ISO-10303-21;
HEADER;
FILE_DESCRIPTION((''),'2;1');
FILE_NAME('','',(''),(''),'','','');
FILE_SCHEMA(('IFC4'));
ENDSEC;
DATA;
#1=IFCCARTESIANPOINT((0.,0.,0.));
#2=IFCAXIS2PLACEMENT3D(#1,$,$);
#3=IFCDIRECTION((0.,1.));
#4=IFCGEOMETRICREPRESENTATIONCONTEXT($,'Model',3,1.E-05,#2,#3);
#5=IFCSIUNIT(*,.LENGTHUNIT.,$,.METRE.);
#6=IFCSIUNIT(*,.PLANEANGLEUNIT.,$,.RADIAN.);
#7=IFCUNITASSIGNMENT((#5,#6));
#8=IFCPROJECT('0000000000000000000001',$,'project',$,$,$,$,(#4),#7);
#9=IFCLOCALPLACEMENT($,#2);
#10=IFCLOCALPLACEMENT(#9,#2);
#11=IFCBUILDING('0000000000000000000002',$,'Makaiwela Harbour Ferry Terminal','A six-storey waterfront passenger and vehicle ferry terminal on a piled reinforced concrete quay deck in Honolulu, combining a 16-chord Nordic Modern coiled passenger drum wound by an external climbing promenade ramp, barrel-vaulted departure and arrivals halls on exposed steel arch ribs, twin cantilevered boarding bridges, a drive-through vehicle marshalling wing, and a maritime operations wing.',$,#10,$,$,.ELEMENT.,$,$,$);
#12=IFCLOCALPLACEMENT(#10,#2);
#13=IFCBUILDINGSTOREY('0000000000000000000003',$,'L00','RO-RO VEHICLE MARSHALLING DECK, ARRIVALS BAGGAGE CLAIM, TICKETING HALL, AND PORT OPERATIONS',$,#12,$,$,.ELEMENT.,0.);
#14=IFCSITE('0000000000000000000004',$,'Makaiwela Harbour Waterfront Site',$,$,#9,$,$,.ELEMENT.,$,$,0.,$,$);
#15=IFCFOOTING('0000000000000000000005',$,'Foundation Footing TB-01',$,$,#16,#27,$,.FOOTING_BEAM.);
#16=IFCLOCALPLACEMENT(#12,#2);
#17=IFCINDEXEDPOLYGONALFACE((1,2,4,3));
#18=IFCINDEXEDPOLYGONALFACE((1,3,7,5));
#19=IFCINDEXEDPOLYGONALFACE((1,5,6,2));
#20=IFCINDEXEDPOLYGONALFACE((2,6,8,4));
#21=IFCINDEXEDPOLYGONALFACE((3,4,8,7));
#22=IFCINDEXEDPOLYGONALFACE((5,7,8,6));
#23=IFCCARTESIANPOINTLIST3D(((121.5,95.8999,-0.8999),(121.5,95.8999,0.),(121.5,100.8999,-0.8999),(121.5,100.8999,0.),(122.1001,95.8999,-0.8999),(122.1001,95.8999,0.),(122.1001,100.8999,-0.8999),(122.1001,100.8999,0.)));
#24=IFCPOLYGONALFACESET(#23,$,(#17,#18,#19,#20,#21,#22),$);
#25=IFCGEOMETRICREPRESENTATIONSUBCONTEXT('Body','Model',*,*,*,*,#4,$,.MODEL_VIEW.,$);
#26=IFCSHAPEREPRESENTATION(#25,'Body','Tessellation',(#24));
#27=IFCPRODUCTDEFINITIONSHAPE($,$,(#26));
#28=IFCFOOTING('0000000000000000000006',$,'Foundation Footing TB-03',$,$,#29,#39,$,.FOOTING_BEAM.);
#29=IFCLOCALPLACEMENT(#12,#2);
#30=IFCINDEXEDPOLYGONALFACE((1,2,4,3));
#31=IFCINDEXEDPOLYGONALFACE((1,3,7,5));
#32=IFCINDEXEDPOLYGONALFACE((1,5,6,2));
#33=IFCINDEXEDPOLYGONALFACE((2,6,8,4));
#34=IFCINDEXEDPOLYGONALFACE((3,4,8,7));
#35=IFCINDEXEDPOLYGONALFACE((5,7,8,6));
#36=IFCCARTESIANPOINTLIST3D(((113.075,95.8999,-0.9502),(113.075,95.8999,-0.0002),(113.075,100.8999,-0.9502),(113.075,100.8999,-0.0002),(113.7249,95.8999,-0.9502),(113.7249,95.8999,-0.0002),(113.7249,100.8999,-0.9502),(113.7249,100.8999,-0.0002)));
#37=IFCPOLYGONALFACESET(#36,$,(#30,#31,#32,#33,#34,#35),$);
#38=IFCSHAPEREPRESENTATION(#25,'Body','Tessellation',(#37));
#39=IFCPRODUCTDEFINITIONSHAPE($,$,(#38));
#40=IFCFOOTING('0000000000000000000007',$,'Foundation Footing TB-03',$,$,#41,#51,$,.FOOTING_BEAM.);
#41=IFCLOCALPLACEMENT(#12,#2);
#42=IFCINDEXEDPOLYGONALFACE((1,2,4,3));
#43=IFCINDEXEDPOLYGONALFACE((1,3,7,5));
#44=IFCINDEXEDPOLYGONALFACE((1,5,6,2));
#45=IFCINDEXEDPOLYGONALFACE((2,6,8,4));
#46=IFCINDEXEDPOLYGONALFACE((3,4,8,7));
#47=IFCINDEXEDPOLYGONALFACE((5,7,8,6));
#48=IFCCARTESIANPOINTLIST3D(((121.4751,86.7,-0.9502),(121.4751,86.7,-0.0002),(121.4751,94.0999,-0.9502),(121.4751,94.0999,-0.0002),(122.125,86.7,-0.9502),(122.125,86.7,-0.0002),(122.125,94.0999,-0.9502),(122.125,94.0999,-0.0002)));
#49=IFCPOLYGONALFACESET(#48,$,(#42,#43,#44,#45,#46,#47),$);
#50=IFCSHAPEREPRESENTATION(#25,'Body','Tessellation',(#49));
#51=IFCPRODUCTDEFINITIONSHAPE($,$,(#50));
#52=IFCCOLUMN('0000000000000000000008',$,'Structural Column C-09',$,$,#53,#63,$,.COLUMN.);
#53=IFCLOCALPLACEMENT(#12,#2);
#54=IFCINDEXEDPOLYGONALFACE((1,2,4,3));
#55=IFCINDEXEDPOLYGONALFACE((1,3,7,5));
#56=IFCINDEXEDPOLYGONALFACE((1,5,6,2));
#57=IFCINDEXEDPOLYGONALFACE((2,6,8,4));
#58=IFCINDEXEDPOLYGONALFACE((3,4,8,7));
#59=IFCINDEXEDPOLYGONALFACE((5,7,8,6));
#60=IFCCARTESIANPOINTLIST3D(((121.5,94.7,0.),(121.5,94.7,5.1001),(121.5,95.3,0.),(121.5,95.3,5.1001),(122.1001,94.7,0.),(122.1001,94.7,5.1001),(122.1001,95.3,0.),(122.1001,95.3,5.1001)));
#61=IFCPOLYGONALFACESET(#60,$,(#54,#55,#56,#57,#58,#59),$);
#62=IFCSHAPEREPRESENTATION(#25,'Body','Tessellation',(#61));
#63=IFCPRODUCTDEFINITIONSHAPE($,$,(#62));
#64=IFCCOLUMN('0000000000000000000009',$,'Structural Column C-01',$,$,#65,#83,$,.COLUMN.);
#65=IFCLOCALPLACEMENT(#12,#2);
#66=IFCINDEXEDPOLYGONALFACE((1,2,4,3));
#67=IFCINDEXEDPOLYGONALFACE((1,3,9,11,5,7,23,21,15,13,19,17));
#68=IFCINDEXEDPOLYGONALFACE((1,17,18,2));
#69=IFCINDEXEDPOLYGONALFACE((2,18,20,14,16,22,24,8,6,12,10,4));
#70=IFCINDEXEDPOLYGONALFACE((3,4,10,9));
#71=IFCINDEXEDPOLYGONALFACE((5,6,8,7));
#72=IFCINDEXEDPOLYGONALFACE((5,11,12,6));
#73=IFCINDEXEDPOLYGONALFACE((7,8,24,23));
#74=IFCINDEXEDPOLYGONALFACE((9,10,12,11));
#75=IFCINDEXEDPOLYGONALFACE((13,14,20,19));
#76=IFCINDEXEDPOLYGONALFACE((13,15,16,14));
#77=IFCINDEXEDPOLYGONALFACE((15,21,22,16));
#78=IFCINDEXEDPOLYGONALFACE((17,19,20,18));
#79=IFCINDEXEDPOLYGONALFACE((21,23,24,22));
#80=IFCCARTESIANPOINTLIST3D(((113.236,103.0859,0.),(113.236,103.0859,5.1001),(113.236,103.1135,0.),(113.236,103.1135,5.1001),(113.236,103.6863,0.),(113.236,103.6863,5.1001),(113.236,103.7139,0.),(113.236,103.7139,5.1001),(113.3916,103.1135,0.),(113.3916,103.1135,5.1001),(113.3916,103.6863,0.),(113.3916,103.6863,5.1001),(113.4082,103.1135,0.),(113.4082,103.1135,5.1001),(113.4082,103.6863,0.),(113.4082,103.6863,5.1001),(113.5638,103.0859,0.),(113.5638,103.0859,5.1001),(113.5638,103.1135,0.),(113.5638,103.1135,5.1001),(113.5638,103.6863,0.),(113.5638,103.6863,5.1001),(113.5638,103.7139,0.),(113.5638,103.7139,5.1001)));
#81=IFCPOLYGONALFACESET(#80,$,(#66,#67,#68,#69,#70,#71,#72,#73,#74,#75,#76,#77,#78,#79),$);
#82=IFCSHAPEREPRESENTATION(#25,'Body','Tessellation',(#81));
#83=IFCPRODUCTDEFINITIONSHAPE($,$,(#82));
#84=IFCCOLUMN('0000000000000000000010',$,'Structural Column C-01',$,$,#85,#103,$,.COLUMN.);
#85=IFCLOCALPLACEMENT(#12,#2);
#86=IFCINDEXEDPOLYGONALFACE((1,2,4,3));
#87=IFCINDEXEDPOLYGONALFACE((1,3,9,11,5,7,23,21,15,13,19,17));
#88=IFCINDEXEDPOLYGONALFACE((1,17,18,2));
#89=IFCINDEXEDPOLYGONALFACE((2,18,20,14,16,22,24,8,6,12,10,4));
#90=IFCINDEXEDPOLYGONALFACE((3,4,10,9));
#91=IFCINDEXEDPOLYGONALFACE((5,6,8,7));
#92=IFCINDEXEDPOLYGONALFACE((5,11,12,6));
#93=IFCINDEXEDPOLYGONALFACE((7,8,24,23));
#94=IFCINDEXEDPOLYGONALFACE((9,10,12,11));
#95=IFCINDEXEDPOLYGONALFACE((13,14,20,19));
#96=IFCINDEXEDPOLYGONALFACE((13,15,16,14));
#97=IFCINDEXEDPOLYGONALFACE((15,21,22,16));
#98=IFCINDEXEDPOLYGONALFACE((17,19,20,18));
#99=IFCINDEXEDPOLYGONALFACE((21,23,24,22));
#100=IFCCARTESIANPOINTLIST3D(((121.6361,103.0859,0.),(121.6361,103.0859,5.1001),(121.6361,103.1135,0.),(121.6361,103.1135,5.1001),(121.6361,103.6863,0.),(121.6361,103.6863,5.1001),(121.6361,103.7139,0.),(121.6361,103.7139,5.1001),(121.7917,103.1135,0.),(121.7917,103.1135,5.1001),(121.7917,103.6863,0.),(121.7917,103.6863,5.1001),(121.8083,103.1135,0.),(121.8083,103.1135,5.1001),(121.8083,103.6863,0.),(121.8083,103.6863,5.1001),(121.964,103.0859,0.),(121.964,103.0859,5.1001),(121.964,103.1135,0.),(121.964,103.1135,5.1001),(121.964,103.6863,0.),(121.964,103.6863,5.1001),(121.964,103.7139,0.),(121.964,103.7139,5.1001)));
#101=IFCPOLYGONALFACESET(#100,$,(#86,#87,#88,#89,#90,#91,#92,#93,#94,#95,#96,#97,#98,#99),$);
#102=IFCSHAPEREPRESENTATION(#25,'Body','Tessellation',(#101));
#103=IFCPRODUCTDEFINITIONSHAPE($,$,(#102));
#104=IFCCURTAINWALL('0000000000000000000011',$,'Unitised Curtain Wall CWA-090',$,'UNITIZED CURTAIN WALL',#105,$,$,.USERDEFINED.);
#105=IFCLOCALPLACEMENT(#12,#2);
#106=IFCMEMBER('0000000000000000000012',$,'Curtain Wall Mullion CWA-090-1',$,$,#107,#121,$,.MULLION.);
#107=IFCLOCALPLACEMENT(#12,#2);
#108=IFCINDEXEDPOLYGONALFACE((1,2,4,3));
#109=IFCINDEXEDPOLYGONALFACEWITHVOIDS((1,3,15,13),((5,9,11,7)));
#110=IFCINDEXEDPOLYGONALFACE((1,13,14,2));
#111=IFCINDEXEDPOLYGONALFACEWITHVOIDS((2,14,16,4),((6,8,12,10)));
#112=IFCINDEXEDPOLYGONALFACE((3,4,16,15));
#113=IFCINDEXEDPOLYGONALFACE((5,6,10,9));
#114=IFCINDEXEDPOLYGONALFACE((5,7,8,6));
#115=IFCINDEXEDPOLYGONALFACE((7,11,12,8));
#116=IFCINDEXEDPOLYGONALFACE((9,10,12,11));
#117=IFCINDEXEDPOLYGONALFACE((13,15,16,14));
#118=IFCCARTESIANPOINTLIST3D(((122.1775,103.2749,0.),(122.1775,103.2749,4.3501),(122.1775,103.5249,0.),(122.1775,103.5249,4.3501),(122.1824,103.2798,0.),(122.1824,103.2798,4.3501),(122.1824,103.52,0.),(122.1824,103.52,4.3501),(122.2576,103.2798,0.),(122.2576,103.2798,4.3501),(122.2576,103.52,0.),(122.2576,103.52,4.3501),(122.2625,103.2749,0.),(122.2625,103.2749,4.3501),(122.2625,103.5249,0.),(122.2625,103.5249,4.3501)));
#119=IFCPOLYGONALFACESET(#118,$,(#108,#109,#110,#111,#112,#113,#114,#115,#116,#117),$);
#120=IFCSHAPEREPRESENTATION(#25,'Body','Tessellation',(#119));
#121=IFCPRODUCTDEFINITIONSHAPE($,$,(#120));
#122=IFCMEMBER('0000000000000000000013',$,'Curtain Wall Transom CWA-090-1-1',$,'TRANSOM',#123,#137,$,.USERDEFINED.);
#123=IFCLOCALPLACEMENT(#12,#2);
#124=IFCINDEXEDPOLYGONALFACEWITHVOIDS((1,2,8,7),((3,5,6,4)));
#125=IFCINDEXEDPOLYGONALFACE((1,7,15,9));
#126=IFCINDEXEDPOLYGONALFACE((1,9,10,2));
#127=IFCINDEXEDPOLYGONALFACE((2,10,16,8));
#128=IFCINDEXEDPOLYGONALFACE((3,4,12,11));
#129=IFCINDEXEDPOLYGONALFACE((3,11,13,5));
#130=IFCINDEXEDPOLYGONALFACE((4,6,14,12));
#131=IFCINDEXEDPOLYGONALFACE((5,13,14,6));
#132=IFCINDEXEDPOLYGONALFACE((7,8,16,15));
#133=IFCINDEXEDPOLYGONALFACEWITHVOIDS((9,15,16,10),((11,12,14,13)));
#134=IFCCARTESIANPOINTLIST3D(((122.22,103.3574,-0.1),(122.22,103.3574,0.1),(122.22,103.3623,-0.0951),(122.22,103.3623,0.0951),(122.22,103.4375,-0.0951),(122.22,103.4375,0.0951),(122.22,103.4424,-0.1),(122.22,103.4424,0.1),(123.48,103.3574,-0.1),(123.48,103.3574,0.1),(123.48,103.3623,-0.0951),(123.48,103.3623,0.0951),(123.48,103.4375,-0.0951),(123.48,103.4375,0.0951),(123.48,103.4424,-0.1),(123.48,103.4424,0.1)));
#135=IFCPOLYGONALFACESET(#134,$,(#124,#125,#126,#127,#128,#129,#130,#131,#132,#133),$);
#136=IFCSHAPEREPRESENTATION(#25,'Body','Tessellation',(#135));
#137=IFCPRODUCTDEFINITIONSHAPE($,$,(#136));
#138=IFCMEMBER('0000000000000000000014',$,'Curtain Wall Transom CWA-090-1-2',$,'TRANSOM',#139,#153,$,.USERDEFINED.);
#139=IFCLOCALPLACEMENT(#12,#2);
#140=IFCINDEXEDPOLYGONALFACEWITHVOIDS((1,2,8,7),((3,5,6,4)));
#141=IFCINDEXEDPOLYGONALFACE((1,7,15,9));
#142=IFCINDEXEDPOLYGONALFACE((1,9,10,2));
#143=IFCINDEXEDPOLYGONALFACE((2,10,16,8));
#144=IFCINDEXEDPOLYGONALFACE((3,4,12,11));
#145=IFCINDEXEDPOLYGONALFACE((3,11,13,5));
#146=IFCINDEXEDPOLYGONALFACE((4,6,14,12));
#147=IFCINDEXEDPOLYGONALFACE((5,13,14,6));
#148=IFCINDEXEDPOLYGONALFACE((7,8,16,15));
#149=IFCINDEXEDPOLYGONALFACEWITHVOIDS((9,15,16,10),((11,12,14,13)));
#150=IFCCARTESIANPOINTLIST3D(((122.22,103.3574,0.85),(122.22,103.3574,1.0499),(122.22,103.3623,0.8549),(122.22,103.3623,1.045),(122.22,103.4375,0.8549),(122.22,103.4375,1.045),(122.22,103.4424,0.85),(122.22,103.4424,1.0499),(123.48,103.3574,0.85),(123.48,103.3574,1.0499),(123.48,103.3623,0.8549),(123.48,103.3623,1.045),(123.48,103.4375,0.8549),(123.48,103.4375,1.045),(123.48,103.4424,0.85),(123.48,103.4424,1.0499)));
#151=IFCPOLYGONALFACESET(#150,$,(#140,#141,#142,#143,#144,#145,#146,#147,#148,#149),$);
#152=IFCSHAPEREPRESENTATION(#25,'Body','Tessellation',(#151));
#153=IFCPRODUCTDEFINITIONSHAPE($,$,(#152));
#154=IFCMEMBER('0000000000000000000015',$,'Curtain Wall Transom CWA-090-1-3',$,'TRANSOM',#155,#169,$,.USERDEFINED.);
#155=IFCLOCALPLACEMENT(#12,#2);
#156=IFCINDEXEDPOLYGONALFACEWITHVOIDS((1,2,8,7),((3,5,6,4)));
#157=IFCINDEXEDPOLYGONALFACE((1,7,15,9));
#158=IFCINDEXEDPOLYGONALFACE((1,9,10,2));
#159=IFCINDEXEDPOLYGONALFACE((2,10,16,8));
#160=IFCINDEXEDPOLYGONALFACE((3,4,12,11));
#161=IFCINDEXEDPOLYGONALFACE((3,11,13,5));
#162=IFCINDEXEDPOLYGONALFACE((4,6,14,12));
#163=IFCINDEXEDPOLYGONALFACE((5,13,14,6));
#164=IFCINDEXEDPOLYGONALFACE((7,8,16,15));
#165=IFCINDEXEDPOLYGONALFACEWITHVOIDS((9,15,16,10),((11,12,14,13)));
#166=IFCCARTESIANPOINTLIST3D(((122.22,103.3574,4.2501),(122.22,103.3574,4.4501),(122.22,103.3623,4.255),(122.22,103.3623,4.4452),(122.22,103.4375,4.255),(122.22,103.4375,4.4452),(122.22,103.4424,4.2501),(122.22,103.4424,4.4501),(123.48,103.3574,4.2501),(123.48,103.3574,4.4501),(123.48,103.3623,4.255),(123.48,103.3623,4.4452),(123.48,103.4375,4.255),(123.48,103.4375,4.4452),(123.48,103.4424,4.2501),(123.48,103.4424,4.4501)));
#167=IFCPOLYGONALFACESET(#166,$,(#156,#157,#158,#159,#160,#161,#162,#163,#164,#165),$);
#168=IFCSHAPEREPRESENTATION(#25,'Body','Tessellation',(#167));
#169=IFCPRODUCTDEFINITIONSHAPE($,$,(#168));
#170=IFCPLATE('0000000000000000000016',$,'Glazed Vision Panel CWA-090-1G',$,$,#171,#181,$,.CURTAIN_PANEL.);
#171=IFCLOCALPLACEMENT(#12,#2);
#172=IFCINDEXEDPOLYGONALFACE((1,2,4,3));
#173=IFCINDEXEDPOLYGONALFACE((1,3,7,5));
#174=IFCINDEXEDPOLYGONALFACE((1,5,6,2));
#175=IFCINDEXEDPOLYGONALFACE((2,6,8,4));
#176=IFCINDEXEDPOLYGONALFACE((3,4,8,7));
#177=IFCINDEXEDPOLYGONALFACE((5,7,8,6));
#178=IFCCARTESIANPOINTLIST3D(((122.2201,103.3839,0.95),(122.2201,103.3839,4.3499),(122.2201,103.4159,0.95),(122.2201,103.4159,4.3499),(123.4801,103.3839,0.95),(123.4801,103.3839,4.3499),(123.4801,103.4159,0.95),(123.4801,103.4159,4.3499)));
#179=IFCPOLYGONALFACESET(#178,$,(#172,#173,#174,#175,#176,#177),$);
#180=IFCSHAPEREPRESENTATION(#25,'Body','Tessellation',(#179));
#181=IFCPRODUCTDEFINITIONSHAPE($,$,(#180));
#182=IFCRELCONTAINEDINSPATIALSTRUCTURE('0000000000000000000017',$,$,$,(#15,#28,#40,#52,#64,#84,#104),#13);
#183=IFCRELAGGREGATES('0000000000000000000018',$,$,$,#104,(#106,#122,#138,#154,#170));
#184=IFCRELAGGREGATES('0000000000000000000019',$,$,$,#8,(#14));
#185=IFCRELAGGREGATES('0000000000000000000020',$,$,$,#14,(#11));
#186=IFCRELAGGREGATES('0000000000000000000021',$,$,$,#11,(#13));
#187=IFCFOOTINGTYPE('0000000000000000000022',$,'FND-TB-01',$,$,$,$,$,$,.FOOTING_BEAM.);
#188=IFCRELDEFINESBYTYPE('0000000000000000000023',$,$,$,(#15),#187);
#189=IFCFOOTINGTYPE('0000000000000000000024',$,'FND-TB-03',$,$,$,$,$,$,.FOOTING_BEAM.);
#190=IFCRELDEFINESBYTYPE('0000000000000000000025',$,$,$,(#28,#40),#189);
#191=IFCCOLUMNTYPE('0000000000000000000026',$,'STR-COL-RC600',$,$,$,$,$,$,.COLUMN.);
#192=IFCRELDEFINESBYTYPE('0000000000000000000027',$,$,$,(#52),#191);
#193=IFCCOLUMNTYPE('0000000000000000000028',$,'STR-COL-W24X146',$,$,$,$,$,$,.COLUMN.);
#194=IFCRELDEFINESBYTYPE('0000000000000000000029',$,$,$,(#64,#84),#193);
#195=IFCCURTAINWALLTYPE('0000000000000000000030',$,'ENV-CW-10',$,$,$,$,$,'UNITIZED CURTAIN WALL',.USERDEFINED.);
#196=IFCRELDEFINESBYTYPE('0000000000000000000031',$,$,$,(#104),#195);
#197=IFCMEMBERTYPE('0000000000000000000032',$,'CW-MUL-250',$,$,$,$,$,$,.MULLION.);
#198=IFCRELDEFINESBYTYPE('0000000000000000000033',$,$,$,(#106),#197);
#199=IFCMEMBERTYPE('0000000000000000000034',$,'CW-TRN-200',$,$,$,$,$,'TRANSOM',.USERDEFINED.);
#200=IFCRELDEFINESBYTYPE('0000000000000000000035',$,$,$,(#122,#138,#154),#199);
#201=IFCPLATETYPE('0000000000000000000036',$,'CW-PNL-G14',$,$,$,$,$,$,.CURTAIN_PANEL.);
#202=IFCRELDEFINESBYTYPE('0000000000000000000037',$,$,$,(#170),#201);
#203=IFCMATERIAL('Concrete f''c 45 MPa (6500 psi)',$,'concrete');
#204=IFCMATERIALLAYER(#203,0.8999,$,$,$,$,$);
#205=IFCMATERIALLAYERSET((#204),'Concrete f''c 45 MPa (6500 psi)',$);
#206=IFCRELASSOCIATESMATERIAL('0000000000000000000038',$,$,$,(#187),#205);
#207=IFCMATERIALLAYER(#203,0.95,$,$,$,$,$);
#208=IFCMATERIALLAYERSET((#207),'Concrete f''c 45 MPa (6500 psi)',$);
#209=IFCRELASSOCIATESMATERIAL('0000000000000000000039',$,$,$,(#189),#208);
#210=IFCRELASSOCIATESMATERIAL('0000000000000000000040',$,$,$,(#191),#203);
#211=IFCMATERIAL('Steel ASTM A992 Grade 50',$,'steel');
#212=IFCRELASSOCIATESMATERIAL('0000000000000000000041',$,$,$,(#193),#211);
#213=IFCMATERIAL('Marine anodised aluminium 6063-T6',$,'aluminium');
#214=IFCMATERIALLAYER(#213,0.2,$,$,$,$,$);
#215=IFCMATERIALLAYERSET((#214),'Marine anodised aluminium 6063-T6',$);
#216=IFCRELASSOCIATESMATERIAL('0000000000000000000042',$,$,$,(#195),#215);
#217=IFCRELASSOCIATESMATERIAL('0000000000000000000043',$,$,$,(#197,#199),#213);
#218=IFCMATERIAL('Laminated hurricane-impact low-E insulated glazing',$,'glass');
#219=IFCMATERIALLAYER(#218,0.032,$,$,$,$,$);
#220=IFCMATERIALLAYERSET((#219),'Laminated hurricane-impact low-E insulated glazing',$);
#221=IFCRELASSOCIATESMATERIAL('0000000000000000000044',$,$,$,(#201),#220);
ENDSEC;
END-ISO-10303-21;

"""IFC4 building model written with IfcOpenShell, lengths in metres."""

from ifc_helpers import new_model, si_unit, direction, frame, origin, origin_2d, place, context, subcontext, project, spatial, rectangle, hollow_rectangle, i_section, extrude, material, layer, layer_set, material_profile, profile_set, type_object, element, aggregate, save


model = new_model("IFC4")

# Units and contexts
model_context = context("Model", 3, precision=1e-05, world=origin(), true_north=direction((0.0, 1.0)))
body_context = subcontext(model_context, "Body", "Model", "MODEL_VIEW")
ifc_project = project(units=[si_unit("LENGTHUNIT", "METRE"), si_unit("PLANEANGLEUNIT", "RADIAN")], contexts=[model_context])

# Site, building, storey
site_placement = place(None, origin())
site = spatial("IfcSite", under=ifc_project, at=site_placement, Name="Makaiwela Harbour Waterfront Site", CompositionType="ELEMENT", RefElevation=0.0)
building_placement = place(site_placement, origin())
building = spatial("IfcBuilding", under=site, at=building_placement, Name="Makaiwela Harbour Ferry Terminal", Description="A six-storey waterfront passenger and vehicle ferry terminal on a piled reinforced concrete quay deck in Honolulu, combining a 16-chord Nordic Modern coiled passenger drum wound by an external climbing promenade ramp, barrel-vaulted departure and arrivals halls on exposed steel arch ribs, twin cantilevered boarding bridges, a drive-through vehicle marshalling wing, and a maritime operations wing.", CompositionType="ELEMENT")
storey_placement = place(building_placement, origin())
storey = spatial("IfcBuildingStorey", under=building, at=storey_placement, Name="L00", Description="RO-RO VEHICLE MARSHALLING DECK, ARRIVALS BAGGAGE CLAIM, TICKETING HALL, AND PORT OPERATIONS", CompositionType="ELEMENT", Elevation=0.0)

# Shared definitions
ifc_material_1 = material(Name="Concrete f'c 45 MPa (6500 psi)", Category="concrete")

# Footings
ifc_layer_1 = layer(ifc_material_1, 0.8999)
ifc_layer_set_1 = layer_set([ifc_layer_1], Name="Concrete f'c 45 MPa (6500 psi)")
footing_type_1 = type_object("IfcFootingType", Name="FND-TB-01", PredefinedType="FOOTING_BEAM", material=ifc_layer_set_1)
footing_1_placement = place(storey_placement, frame((121.8, 98.3999, -0.8999), z_axis=(0.0, 0.0, 1.0), x_axis=(0.0, 1.0, 0.0)))
element("IfcFooting", 1, at=footing_1_placement, inside=storey, type_object=footing_type_1, Name="Foundation Footing TB-01", PredefinedType="FOOTING_BEAM", context=body_context, shape_type="SweptSolid", body=[
    extrude(rectangle(XDim=5.0, YDim=0.6001, at=origin_2d()), origin(), (0.0, 0.0, 1.0), 0.8999),
])
ifc_layer_2 = layer(ifc_material_1, 0.95)
ifc_layer_set_2 = layer_set([ifc_layer_2], Name="Concrete f'c 45 MPa (6500 psi)")
footing_type_2 = type_object("IfcFootingType", Name="FND-TB-03", PredefinedType="FOOTING_BEAM", material=ifc_layer_set_2)
footing_2_placement = place(storey_placement, frame((113.3999, 98.3999, -0.9502), z_axis=(0.0, 0.0, 1.0), x_axis=(0.0, 1.0, 0.0)))
element("IfcFooting", 2, at=footing_2_placement, inside=storey, type_object=footing_type_2, Name="Foundation Footing TB-03", PredefinedType="FOOTING_BEAM", context=body_context, shape_type="SweptSolid", body=[
    extrude(rectangle(XDim=5.0, YDim=0.6499, at=origin_2d()), origin(), (0.0, 0.0, 1.0), 0.95),
])
footing_3_placement = place(storey_placement, frame((121.8, 90.3999, -0.9502), z_axis=(0.0, 0.0, 1.0), x_axis=(0.0, 1.0, 0.0)))
element("IfcFooting", 3, at=footing_3_placement, inside=storey, type_object=footing_type_2, Name="Foundation Footing TB-03", PredefinedType="FOOTING_BEAM", context=body_context, shape_type="SweptSolid", body=[
    extrude(rectangle(XDim=7.3999, YDim=0.6499, at=origin_2d()), origin(), (0.0, 0.0, 1.0), 0.95),
])

# Columns
ifc_material_profile_1 = material_profile(ifc_material_1, rectangle(XDim=0.6001, YDim=0.6001, at=origin_2d()), Name="RC-600X600")
ifc_profile_set_1 = profile_set([ifc_material_profile_1], Name="Concrete f'c 45 MPa (6500 psi)")
column_type_1 = type_object("IfcColumnType", Name="STR-COL-RC600", PredefinedType="COLUMN", material=ifc_profile_set_1)
column_placement = place(storey_placement, frame((121.8, 95.0, 0.0), z_axis=(0.0, 0.0, 1.0), x_axis=(1.0, 0.0, 0.0)))
element("IfcColumn", 4, at=column_placement, inside=storey, type_object=column_type_1, Name="Structural Column C-09", PredefinedType="COLUMN", context=body_context, shape_type="SweptSolid", body=[
    extrude(rectangle(XDim=0.6001, YDim=0.6001, at=origin_2d()), origin(), (0.0, 0.0, 1.0), 5.1001),
])
ifc_material_2 = material(Name="Steel ASTM A992 Grade 50", Category="steel")
ifc_material_profile_2 = material_profile(ifc_material_2, i_section(OverallWidth=0.3279, OverallDepth=0.6279, WebThickness=0.0166, FlangeThickness=0.0276, at=origin_2d()), Name="W24X146")
ifc_profile_set_2 = profile_set([ifc_material_profile_2], Name="Steel ASTM A992 Grade 50")
column_type_2 = type_object("IfcColumnType", Name="STR-COL-W24X146", PredefinedType="COLUMN", material=ifc_profile_set_2)
for number, where, z_axis, x_axis, name in (
    (5, (113.3999, 103.3999, 0.0), (0.0, 0.0, 1.0), (1.0, 0.0, 0.0), "Structural Column C-01"),
    (6, (121.8, 103.3999, 0.0), (0.0, 0.0, 1.0), (1.0, 0.0, 0.0), "Structural Column C-01"),
):
    element("IfcColumn", number, at=place(storey_placement, frame(where, z_axis=z_axis, x_axis=x_axis)), inside=storey, type_object=column_type_2, Name=name, PredefinedType="COLUMN", context=body_context, shape_type="SweptSolid", body=[
        extrude(i_section(OverallWidth=0.3279, OverallDepth=0.6279, WebThickness=0.0166, FlangeThickness=0.0276, at=origin_2d()), origin(), (0.0, 0.0, 1.0), 5.1001),
    ])

# Curtain wall, members, plate
ifc_material_3 = material(Name="Marine anodised aluminium 6063-T6", Category="aluminium")
ifc_layer_3 = layer(ifc_material_3, 0.2)
ifc_layer_set_3 = layer_set([ifc_layer_3], Name="Marine anodised aluminium 6063-T6")
curtain_wall_type = type_object("IfcCurtainWallType", Name="ENV-CW-10", ElementType="UNITIZED CURTAIN WALL", PredefinedType="USERDEFINED", material=ifc_layer_set_3)
curtain_wall_placement = place(storey_placement, origin())
curtain_wall = element("IfcCurtainWall", 7, at=curtain_wall_placement, inside=storey, type_object=curtain_wall_type, Name="Unitised Curtain Wall CWA-090", ObjectType="UNITIZED CURTAIN WALL", PredefinedType="USERDEFINED")
ifc_material_profile_3 = material_profile(ifc_material_3, hollow_rectangle(XDim=0.085, YDim=0.25, WallThickness=0.0049, at=origin_2d()), Name="CWM-250X85")
ifc_profile_set_3 = profile_set([ifc_material_profile_3], Name="Marine anodised aluminium 6063-T6")
member_type_1 = type_object("IfcMemberType", Name="CW-MUL-250", PredefinedType="MULLION", material=ifc_profile_set_3)
member_1_placement = place(storey_placement, frame((122.22, 103.3999, 0.0), z_axis=(0.0, 0.0, 1.0), x_axis=(1.0, 0.0, 0.0)))
member_1 = element("IfcMember", 8, at=member_1_placement, type_object=member_type_1, Name="Curtain Wall Mullion CWA-090-1", PredefinedType="MULLION", context=body_context, shape_type="SweptSolid", body=[
    extrude(hollow_rectangle(XDim=0.085, YDim=0.25, WallThickness=0.0049, at=origin_2d()), origin(), (0.0, 0.0, 1.0), 4.3501),
])
ifc_material_profile_4 = material_profile(ifc_material_3, hollow_rectangle(XDim=0.085, YDim=0.2, WallThickness=0.0049, at=origin_2d()), Name="CWT-200X85")
ifc_profile_set_4 = profile_set([ifc_material_profile_4], Name="Marine anodised aluminium 6063-T6")
member_type_2 = type_object("IfcMemberType", Name="CW-TRN-200", ElementType="TRANSOM", PredefinedType="USERDEFINED", material=ifc_profile_set_4)
member_2_placement = place(storey_placement, frame((122.22, 103.3999, 0.0), z_axis=(1.0, 0.0, 0.0), x_axis=(0.0, 1.0, 0.0)))
member_2 = element("IfcMember", 9, at=member_2_placement, type_object=member_type_2, Name="Curtain Wall Transom CWA-090-1-1", ObjectType="TRANSOM", PredefinedType="USERDEFINED", context=body_context, shape_type="SweptSolid", body=[
    extrude(hollow_rectangle(XDim=0.085, YDim=0.2, WallThickness=0.0049, at=origin_2d()), origin(), (0.0, 0.0, 1.0), 1.26),
])
member_3_placement = place(storey_placement, frame((122.22, 103.3999, 0.95), z_axis=(1.0, 0.0, 0.0), x_axis=(0.0, 1.0, 0.0)))
member_3 = element("IfcMember", 10, at=member_3_placement, type_object=member_type_2, Name="Curtain Wall Transom CWA-090-1-2", ObjectType="TRANSOM", PredefinedType="USERDEFINED", context=body_context, shape_type="SweptSolid", body=[
    extrude(hollow_rectangle(XDim=0.085, YDim=0.2, WallThickness=0.0049, at=origin_2d()), origin(), (0.0, 0.0, 1.0), 1.26),
])
member_4_placement = place(storey_placement, frame((122.22, 103.3999, 4.3501), z_axis=(1.0, 0.0, 0.0), x_axis=(0.0, 1.0, 0.0)))
member_4 = element("IfcMember", 11, at=member_4_placement, type_object=member_type_2, Name="Curtain Wall Transom CWA-090-1-3", ObjectType="TRANSOM", PredefinedType="USERDEFINED", context=body_context, shape_type="SweptSolid", body=[
    extrude(hollow_rectangle(XDim=0.085, YDim=0.2, WallThickness=0.0049, at=origin_2d()), origin(), (0.0, 0.0, 1.0), 1.26),
])
ifc_material_4 = material(Name="Laminated hurricane-impact low-E insulated glazing", Category="glass")
ifc_layer_4 = layer(ifc_material_4, 0.032)
ifc_layer_set_4 = layer_set([ifc_layer_4], Name="Laminated hurricane-impact low-E insulated glazing")
plate_type_1 = type_object("IfcPlateType", Name="CW-PNL-G14", PredefinedType="CURTAIN_PANEL", material=ifc_layer_set_4)
plate_1_placement = place(storey_placement, frame((122.8501, 103.3999, 0.95), z_axis=(0.0, 0.0, 1.0), x_axis=(1.0, 0.0, 0.0)))
plate_1 = element("IfcPlate", 12, at=plate_1_placement, type_object=plate_type_1, Name="Glazed Vision Panel CWA-090-1G", PredefinedType="CURTAIN_PANEL", context=body_context, shape_type="SweptSolid", body=[
    extrude(rectangle(XDim=1.26, YDim=0.032, at=origin_2d()), origin(), (0.0, 0.0, 1.0), 3.3999),
])
aggregate(curtain_wall, [member_1, member_2, member_3, member_4, plate_1])

save(model, "model.ifc")
